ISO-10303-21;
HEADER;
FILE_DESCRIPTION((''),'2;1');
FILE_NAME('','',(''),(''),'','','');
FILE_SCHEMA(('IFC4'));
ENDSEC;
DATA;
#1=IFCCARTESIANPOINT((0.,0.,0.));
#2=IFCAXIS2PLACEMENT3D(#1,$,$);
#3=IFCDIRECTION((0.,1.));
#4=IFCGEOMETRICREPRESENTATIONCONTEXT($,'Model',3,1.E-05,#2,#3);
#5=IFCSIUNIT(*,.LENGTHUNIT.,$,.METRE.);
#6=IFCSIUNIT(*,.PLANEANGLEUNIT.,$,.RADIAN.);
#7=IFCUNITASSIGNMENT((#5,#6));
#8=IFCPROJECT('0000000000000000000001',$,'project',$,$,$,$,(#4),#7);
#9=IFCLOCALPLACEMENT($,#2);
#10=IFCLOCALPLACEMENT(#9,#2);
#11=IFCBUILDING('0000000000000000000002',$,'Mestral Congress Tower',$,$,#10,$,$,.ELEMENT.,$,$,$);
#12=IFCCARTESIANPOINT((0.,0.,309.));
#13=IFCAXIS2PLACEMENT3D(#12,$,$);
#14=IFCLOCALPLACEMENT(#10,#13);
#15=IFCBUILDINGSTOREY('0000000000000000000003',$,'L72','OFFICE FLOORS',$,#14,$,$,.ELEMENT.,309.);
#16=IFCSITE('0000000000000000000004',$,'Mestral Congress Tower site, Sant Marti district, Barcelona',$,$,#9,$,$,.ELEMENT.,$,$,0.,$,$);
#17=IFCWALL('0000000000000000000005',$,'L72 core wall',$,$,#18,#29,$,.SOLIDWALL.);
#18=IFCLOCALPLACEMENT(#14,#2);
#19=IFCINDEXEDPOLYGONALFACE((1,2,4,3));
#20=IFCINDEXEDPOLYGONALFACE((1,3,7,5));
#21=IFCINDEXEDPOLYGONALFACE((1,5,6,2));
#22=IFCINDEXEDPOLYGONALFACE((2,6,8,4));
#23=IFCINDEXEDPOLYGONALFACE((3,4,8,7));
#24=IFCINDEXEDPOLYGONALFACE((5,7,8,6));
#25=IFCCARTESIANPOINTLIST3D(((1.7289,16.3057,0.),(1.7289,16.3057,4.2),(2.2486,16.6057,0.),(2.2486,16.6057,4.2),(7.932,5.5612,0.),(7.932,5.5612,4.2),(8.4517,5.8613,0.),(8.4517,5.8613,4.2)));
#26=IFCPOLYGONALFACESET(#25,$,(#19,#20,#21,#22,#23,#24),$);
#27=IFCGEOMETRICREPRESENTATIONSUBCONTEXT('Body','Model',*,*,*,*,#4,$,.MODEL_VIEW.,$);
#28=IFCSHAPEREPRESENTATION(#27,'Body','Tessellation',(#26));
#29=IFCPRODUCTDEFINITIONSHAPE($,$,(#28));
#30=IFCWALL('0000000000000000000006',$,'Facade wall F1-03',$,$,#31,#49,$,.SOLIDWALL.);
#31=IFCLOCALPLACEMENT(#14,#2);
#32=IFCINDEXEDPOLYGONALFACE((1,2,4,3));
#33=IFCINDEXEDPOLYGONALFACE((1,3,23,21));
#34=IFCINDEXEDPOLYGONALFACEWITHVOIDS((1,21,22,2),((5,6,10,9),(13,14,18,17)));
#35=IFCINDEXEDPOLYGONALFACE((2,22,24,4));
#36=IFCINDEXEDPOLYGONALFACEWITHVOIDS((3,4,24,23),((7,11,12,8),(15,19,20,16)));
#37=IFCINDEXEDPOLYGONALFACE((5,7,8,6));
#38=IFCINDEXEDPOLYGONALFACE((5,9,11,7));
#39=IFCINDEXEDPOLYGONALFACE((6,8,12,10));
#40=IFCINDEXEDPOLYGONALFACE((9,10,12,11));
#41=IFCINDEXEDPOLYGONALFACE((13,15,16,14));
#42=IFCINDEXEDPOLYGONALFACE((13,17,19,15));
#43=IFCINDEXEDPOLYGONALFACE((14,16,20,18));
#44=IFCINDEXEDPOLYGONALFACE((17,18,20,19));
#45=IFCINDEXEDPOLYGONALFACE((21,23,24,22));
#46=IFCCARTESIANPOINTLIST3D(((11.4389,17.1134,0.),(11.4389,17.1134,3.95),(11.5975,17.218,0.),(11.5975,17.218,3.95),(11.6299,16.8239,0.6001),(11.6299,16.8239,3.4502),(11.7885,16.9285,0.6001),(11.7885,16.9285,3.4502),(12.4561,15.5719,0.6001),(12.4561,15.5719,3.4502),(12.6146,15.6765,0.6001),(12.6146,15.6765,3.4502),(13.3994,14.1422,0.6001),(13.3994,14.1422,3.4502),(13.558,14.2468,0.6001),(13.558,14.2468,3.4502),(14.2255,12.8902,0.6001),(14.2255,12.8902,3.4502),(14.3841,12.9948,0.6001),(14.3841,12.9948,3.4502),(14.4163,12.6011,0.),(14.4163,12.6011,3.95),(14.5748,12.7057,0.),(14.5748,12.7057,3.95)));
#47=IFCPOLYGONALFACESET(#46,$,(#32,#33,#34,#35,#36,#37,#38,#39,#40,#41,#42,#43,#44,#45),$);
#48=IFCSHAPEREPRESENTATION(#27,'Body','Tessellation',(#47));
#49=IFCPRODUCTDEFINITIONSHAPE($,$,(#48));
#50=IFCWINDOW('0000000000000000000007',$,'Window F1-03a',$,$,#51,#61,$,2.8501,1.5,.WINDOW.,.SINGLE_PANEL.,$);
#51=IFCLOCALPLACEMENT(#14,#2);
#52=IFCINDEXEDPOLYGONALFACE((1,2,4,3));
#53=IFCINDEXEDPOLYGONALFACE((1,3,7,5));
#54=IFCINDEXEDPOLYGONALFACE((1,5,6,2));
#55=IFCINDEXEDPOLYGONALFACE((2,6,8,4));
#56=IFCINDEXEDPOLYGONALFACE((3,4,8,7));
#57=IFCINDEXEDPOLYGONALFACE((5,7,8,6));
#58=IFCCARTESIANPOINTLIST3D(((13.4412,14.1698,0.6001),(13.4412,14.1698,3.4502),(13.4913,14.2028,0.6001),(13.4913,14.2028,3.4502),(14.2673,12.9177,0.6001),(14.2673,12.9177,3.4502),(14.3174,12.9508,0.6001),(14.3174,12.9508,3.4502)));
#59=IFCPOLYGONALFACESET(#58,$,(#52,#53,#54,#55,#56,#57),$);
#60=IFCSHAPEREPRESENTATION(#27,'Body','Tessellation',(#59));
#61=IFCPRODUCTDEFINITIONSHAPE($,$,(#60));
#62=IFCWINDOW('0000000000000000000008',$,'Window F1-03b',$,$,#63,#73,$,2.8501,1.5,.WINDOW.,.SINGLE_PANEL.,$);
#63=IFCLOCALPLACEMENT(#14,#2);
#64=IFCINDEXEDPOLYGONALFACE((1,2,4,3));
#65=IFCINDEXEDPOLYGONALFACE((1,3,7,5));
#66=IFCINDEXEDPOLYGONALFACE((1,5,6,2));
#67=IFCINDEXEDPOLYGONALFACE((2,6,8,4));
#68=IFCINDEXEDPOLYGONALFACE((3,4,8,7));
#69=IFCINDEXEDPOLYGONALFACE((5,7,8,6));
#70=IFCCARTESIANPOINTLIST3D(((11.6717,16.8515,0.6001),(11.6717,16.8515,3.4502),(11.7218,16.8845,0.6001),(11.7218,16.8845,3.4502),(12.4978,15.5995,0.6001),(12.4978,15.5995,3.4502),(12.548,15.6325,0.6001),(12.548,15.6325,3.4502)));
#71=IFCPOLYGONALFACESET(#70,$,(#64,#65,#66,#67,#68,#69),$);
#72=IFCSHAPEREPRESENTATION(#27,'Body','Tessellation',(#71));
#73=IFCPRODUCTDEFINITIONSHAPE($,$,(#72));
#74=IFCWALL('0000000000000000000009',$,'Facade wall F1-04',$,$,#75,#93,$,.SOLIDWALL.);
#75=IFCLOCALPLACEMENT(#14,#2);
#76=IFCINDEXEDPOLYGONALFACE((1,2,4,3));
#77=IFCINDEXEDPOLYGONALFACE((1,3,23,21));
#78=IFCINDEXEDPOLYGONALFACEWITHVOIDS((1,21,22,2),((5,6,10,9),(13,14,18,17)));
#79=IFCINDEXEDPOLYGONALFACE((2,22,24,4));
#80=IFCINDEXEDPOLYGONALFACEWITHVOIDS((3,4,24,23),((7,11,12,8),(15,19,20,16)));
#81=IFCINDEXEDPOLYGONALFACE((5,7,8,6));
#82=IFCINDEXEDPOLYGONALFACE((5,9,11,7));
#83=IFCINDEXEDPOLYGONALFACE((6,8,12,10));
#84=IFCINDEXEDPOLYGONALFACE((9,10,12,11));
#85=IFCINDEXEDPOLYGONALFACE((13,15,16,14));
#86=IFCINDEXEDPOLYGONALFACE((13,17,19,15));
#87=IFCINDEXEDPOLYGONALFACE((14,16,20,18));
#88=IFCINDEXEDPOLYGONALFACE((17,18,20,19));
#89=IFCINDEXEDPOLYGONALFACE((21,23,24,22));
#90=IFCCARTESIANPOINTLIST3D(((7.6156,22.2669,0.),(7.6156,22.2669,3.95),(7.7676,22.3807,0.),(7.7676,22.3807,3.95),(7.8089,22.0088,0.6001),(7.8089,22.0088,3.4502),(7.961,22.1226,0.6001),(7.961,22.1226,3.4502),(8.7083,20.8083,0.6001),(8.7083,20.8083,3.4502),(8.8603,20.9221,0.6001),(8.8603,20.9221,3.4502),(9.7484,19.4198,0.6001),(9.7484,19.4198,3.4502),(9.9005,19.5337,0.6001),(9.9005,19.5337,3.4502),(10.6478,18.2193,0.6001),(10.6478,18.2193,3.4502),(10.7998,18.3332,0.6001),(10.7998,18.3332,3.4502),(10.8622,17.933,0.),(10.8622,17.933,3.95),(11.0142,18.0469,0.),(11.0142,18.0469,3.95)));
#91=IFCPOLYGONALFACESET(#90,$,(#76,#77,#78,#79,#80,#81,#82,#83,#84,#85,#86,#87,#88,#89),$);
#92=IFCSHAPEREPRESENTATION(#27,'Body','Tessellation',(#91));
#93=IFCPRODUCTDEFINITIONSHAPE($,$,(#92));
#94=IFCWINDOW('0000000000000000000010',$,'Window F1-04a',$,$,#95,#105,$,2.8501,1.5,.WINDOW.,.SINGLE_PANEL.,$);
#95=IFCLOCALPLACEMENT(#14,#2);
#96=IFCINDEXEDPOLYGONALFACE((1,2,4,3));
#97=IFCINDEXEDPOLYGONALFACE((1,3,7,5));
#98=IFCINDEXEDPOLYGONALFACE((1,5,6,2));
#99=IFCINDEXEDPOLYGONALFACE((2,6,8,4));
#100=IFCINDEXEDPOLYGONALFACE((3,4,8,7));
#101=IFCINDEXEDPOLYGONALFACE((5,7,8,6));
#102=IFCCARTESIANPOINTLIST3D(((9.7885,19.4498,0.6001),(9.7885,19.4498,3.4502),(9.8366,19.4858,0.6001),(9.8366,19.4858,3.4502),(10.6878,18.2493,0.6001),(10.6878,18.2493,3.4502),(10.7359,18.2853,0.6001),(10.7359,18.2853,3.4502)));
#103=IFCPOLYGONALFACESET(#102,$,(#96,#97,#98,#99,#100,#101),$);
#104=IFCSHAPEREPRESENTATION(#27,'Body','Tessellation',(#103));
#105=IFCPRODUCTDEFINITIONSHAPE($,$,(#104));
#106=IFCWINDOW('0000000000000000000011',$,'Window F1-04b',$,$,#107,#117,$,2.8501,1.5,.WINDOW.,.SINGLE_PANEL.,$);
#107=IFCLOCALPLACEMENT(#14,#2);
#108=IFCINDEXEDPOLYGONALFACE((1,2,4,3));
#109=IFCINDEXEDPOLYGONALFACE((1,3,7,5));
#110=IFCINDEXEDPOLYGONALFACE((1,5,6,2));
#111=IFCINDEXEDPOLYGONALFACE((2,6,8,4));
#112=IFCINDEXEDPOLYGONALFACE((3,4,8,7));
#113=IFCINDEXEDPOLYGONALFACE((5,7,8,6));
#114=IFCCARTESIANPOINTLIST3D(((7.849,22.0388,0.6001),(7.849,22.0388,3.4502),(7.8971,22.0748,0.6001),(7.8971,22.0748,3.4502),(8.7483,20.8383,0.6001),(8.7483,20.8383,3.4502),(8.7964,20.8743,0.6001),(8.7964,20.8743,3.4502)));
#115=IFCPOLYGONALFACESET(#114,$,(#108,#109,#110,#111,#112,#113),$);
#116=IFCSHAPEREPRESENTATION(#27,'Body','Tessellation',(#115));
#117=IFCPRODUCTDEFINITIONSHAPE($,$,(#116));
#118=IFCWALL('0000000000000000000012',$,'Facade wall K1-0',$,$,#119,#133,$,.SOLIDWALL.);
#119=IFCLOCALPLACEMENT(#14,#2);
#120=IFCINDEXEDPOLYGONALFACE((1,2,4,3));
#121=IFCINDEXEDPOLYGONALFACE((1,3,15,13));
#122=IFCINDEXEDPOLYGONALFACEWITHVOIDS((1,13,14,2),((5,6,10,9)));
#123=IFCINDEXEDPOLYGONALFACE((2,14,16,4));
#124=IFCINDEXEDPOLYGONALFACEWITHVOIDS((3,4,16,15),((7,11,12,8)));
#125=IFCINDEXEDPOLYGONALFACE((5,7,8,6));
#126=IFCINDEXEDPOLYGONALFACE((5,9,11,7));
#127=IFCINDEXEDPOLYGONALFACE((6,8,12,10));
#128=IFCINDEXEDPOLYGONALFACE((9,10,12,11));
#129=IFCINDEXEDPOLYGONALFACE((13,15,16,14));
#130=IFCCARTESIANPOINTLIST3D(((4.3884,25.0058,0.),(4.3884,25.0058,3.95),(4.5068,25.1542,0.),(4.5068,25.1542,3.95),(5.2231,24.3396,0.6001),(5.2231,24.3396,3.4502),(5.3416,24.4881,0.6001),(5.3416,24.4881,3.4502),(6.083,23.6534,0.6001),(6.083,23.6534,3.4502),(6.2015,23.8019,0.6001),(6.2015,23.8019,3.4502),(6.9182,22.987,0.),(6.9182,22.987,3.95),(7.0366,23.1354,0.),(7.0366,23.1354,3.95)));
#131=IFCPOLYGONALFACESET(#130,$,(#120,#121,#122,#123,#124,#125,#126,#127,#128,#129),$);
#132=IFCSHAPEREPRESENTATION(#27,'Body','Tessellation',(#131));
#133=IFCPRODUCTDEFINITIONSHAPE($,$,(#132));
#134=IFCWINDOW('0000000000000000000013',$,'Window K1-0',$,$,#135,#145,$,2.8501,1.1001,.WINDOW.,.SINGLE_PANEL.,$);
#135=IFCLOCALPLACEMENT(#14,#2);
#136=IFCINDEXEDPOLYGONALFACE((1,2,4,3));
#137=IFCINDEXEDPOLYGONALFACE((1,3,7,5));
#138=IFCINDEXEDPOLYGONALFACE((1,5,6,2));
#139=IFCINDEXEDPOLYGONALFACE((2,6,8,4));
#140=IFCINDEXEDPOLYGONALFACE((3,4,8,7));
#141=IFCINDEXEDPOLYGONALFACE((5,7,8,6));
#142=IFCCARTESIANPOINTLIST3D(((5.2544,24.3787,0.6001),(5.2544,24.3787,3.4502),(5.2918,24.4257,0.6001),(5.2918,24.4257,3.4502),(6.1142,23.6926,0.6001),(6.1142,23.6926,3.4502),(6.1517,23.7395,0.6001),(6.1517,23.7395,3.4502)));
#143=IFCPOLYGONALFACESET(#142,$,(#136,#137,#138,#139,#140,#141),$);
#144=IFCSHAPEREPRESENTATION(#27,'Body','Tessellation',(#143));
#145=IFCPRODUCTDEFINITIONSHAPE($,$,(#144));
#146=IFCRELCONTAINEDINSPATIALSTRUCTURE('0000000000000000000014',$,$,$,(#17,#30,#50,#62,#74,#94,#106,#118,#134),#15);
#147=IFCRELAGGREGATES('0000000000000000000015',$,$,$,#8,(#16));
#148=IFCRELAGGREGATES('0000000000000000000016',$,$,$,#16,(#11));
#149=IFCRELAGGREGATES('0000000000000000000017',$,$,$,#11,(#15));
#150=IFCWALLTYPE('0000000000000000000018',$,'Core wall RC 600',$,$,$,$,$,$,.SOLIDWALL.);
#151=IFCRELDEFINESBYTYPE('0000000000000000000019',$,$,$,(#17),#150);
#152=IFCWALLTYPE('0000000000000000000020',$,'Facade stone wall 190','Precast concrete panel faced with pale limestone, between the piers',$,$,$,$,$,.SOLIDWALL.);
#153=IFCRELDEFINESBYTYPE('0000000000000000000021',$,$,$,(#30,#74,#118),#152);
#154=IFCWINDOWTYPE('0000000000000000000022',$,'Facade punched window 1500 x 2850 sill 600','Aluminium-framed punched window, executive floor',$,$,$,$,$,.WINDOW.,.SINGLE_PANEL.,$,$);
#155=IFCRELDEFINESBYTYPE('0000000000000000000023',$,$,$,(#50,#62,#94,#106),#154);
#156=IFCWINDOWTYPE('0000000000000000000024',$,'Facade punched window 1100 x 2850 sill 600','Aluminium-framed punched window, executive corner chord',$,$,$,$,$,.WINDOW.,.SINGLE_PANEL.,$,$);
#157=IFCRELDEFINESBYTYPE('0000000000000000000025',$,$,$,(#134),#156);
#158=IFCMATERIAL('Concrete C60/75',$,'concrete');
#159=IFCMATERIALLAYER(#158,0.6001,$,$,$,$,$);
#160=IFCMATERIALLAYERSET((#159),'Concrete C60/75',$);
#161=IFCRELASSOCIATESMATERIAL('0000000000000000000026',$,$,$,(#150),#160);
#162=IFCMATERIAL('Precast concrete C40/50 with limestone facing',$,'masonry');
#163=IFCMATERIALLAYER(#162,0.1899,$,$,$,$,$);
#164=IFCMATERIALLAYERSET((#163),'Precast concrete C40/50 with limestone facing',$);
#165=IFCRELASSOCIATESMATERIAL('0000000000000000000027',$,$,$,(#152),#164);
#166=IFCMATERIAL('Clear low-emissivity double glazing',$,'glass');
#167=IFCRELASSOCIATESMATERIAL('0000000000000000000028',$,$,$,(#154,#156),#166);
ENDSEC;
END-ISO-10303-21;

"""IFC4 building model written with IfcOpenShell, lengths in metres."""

from ifc_helpers import new_model, si_unit, direction, frame, frame_2d, origin, place, context, subcontext, project, spatial, rectangle, extrude, material, layer, layer_set, type_object, element, fill, save


model = new_model("IFC4")

# Units and contexts
model_context = context("Model", 3, precision=1e-05, world=origin(), true_north=direction((0.0, 1.0)))
body_context = subcontext(model_context, "Body", "Model", "MODEL_VIEW")
ifc_project = project(units=[si_unit("LENGTHUNIT", "METRE"), si_unit("PLANEANGLEUNIT", "RADIAN")], contexts=[model_context])

# Site, building, storey
site_placement = place(None, origin())
site = spatial("IfcSite", under=ifc_project, at=site_placement, Name="Mestral Congress Tower site, Sant Marti district, Barcelona", CompositionType="ELEMENT", RefElevation=0.0)
building_placement = place(site_placement, origin())
building = spatial("IfcBuilding", under=site, at=building_placement, Name="Mestral Congress Tower", CompositionType="ELEMENT")
storey_placement = place(building_placement, frame((0.0, 0.0, 309.0)))
storey = spatial("IfcBuildingStorey", under=building, at=storey_placement, Name="L72", Description="OFFICE FLOORS", CompositionType="ELEMENT", Elevation=309.0)

# Shared definitions
ifc_material_1 = material(Name="Concrete C60/75", Category="concrete")

# Wall
ifc_layer_1 = layer(ifc_material_1, 0.6001)
ifc_layer_set_1 = layer_set([ifc_layer_1], Name="Concrete C60/75")
wall_type_1 = type_object("IfcWallType", Name="Core wall RC 600", PredefinedType="SOLIDWALL", material=ifc_layer_set_1)
wall_1_placement = place(storey_placement, frame((1.9888, 16.4556, 0.0), z_axis=(0.0, 0.0, 1.0), x_axis=(0.499991, -0.866031, 0.0)))
element("IfcWall", 1, at=wall_1_placement, inside=storey, type_object=wall_type_1, Name="L72 core wall", PredefinedType="SOLIDWALL", context=body_context, shape_type="SweptSolid", body=[
    extrude(rectangle(XDim=12.4065, YDim=0.6001, at=frame_2d((6.2031, 0.0))), origin(), (0.0, 0.0, 1.0), 4.2),
])

# Walls, openings, windows
ifc_material_2 = material(Name="Precast concrete C40/50 with limestone facing", Category="masonry")
ifc_layer_2 = layer(ifc_material_2, 0.1899)
ifc_layer_set_2 = layer_set([ifc_layer_2], Name="Precast concrete C40/50 with limestone facing")
wall_type_2 = type_object("IfcWallType", Name="Facade stone wall 190", Description="Precast concrete panel faced with pale limestone, between the piers", PredefinedType="SOLIDWALL", material=ifc_layer_set_2)
wall_2_placement = place(storey_placement, frame((14.4956, 12.6533, 0.0), z_axis=(0.0, 0.0, 1.0), x_axis=(-0.550744, 0.834674, 0.0)))
wall_2 = element("IfcWall", 2, at=wall_2_placement, inside=storey, type_object=wall_type_2, Name="Facade wall F1-03", PredefinedType="SOLIDWALL", context=body_context, shape_type="SweptSolid", body=[
    extrude(rectangle(XDim=5.406, YDim=0.1899, at=frame_2d((2.7031, 0.0))), origin(), (0.0, 0.0, 1.0), 3.95),
])
opening_1_placement = place(wall_2_placement, frame((0.3464, 0.0, 0.6001)))
opening_1 = element("IfcOpeningElement", 3, at=opening_1_placement, cuts=wall_2, PredefinedType="OPENING", context=body_context, shape_type="SweptSolid", body=[
    extrude(rectangle(XDim=1.5, YDim=2.8501, at=frame_2d((0.75, 1.425))), frame((0.0, 0.105, 0.0), z_axis=(0.0, -1.0, 0.0), x_axis=(1.0, 0.0, 0.0)), (0.0, 0.0, 1.0), 0.21),
])
opening_2_placement = place(wall_2_placement, frame((3.5593, 0.0, 0.6001)))
opening_2 = element("IfcOpeningElement", 4, at=opening_2_placement, cuts=wall_2, PredefinedType="OPENING", context=body_context, shape_type="SweptSolid", body=[
    extrude(rectangle(XDim=1.5, YDim=2.8501, at=frame_2d((0.75, 1.425))), frame((0.0, 0.105, 0.0), z_axis=(0.0, -1.0, 0.0), x_axis=(1.0, 0.0, 0.0)), (0.0, 0.0, 1.0), 0.21),
])
ifc_material_3 = material(Name="Clear low-emissivity double glazing", Category="glass")
window_type_1 = type_object("IfcWindowType", Name="Facade punched window 1500 x 2850 sill 600", Description="Aluminium-framed punched window, executive floor", PartitioningType="SINGLE_PANEL", PredefinedType="WINDOW", material=ifc_material_3)
window_1_placement = place(opening_1_placement, origin())
window_1 = element("IfcWindow", 5, at=window_1_placement, inside=storey, type_object=window_type_1, Name="Window F1-03a", OverallHeight=2.8501, OverallWidth=1.5, PartitioningType="SINGLE_PANEL", PredefinedType="WINDOW", context=body_context, shape_type="SweptSolid", body=[
    extrude(rectangle(XDim=1.5, YDim=2.8501, at=frame_2d((0.75, 1.425))), frame((0.0, 0.0449, 0.0), z_axis=(0.0, -1.0, 0.0), x_axis=(1.0, 0.0, 0.0)), (0.0, 0.0, 1.0), 0.0601),
])
fill(opening_1, window_1)
window_2_placement = place(opening_2_placement, origin())
window_2 = element("IfcWindow", 6, at=window_2_placement, inside=storey, type_object=window_type_1, Name="Window F1-03b", OverallHeight=2.8501, OverallWidth=1.5, PartitioningType="SINGLE_PANEL", PredefinedType="WINDOW", context=body_context, shape_type="SweptSolid", body=[
    extrude(rectangle(XDim=1.5, YDim=2.8501, at=frame_2d((0.75, 1.425))), frame((0.0, 0.0449, 0.0), z_axis=(0.0, -1.0, 0.0), x_axis=(1.0, 0.0, 0.0)), (0.0, 0.0, 1.0), 0.0601),
])
fill(opening_2, window_2)
wall_3_placement = place(storey_placement, frame((10.9382, 17.99, 0.0), z_axis=(0.0, 0.0, 1.0), x_axis=(-0.59956, 0.80033, 0.0)))
wall_3 = element("IfcWall", 7, at=wall_3_placement, inside=storey, type_object=wall_type_2, Name="Facade wall F1-04", PredefinedType="SOLIDWALL", context=body_context, shape_type="SweptSolid", body=[
    extrude(rectangle(XDim=5.415, YDim=0.1899, at=frame_2d((2.7075, 0.0))), origin(), (0.0, 0.0, 1.0), 3.95),
])
opening_3_placement = place(wall_3_placement, frame((0.3577, 0.0, 0.6001)))
opening_3 = element("IfcOpeningElement", 8, at=opening_3_placement, cuts=wall_3, PredefinedType="OPENING", context=body_context, shape_type="SweptSolid", body=[
    extrude(rectangle(XDim=1.5, YDim=2.8501, at=frame_2d((0.75, 1.425))), frame((0.0, 0.105, 0.0), z_axis=(0.0, -1.0, 0.0), x_axis=(1.0, 0.0, 0.0)), (0.0, 0.0, 1.0), 0.21),
])
opening_4_placement = place(wall_3_placement, frame((3.5925, 0.0, 0.6001)))
opening_4 = element("IfcOpeningElement", 9, at=opening_4_placement, cuts=wall_3, PredefinedType="OPENING", context=body_context, shape_type="SweptSolid", body=[
    extrude(rectangle(XDim=1.5, YDim=2.8501, at=frame_2d((0.75, 1.425))), frame((0.0, 0.105, 0.0), z_axis=(0.0, -1.0, 0.0), x_axis=(1.0, 0.0, 0.0)), (0.0, 0.0, 1.0), 0.21),
])
window_3_placement = place(opening_3_placement, origin())
window_3 = element("IfcWindow", 10, at=window_3_placement, inside=storey, type_object=window_type_1, Name="Window F1-04a", OverallHeight=2.8501, OverallWidth=1.5, PartitioningType="SINGLE_PANEL", PredefinedType="WINDOW", context=body_context, shape_type="SweptSolid", body=[
    extrude(rectangle(XDim=1.5, YDim=2.8501, at=frame_2d((0.75, 1.425))), frame((0.0, 0.0449, 0.0), z_axis=(0.0, -1.0, 0.0), x_axis=(1.0, 0.0, 0.0)), (0.0, 0.0, 1.0), 0.0601),
])
fill(opening_3, window_3)
window_4_placement = place(opening_4_placement, origin())
window_4 = element("IfcWindow", 11, at=window_4_placement, inside=storey, type_object=window_type_1, Name="Window F1-04b", OverallHeight=2.8501, OverallWidth=1.5, PartitioningType="SINGLE_PANEL", PredefinedType="WINDOW", context=body_context, shape_type="SweptSolid", body=[
    extrude(rectangle(XDim=1.5, YDim=2.8501, at=frame_2d((0.75, 1.425))), frame((0.0, 0.0449, 0.0), z_axis=(0.0, -1.0, 0.0), x_axis=(1.0, 0.0, 0.0)), (0.0, 0.0, 1.0), 0.0601),
])
fill(opening_4, window_4)

# Wall, opening, window
wall_4_placement = place(storey_placement, frame((6.9773, 23.0613, 0.0), z_axis=(0.0, 0.0, 1.0), x_axis=(-0.781626, 0.623747, 0.0)))
wall_4 = element("IfcWall", 12, at=wall_4_placement, inside=storey, type_object=wall_type_2, Name="Facade wall K1-0", PredefinedType="SOLIDWALL", context=body_context, shape_type="SweptSolid", body=[
    extrude(rectangle(XDim=3.2366, YDim=0.1899, at=frame_2d((1.6182, 0.0))), origin(), (0.0, 0.0, 1.0), 3.95),
])
opening_5_placement = place(wall_4_placement, frame((1.0684, 0.0, 0.6001)))
opening_5 = element("IfcOpeningElement", 13, at=opening_5_placement, cuts=wall_4, PredefinedType="OPENING", context=body_context, shape_type="SweptSolid", body=[
    extrude(rectangle(XDim=1.1001, YDim=2.8501, at=frame_2d((0.55, 1.425))), frame((0.0, 0.105, 0.0), z_axis=(0.0, -1.0, 0.0), x_axis=(1.0, 0.0, 0.0)), (0.0, 0.0, 1.0), 0.21),
])
window_type_2 = type_object("IfcWindowType", Name="Facade punched window 1100 x 2850 sill 600", Description="Aluminium-framed punched window, executive corner chord", PartitioningType="SINGLE_PANEL", PredefinedType="WINDOW", material=ifc_material_3)
window_5_placement = place(opening_5_placement, origin())
window_5 = element("IfcWindow", 14, at=window_5_placement, inside=storey, type_object=window_type_2, Name="Window K1-0", OverallHeight=2.8501, OverallWidth=1.1001, PartitioningType="SINGLE_PANEL", PredefinedType="WINDOW", context=body_context, shape_type="SweptSolid", body=[
    extrude(rectangle(XDim=1.1001, YDim=2.8501, at=frame_2d((0.55, 1.425))), frame((0.0, 0.0449, 0.0), z_axis=(0.0, -1.0, 0.0), x_axis=(1.0, 0.0, 0.0)), (0.0, 0.0, 1.0), 0.0601),
])
fill(opening_5, window_5)

save(model, "model.ifc")
